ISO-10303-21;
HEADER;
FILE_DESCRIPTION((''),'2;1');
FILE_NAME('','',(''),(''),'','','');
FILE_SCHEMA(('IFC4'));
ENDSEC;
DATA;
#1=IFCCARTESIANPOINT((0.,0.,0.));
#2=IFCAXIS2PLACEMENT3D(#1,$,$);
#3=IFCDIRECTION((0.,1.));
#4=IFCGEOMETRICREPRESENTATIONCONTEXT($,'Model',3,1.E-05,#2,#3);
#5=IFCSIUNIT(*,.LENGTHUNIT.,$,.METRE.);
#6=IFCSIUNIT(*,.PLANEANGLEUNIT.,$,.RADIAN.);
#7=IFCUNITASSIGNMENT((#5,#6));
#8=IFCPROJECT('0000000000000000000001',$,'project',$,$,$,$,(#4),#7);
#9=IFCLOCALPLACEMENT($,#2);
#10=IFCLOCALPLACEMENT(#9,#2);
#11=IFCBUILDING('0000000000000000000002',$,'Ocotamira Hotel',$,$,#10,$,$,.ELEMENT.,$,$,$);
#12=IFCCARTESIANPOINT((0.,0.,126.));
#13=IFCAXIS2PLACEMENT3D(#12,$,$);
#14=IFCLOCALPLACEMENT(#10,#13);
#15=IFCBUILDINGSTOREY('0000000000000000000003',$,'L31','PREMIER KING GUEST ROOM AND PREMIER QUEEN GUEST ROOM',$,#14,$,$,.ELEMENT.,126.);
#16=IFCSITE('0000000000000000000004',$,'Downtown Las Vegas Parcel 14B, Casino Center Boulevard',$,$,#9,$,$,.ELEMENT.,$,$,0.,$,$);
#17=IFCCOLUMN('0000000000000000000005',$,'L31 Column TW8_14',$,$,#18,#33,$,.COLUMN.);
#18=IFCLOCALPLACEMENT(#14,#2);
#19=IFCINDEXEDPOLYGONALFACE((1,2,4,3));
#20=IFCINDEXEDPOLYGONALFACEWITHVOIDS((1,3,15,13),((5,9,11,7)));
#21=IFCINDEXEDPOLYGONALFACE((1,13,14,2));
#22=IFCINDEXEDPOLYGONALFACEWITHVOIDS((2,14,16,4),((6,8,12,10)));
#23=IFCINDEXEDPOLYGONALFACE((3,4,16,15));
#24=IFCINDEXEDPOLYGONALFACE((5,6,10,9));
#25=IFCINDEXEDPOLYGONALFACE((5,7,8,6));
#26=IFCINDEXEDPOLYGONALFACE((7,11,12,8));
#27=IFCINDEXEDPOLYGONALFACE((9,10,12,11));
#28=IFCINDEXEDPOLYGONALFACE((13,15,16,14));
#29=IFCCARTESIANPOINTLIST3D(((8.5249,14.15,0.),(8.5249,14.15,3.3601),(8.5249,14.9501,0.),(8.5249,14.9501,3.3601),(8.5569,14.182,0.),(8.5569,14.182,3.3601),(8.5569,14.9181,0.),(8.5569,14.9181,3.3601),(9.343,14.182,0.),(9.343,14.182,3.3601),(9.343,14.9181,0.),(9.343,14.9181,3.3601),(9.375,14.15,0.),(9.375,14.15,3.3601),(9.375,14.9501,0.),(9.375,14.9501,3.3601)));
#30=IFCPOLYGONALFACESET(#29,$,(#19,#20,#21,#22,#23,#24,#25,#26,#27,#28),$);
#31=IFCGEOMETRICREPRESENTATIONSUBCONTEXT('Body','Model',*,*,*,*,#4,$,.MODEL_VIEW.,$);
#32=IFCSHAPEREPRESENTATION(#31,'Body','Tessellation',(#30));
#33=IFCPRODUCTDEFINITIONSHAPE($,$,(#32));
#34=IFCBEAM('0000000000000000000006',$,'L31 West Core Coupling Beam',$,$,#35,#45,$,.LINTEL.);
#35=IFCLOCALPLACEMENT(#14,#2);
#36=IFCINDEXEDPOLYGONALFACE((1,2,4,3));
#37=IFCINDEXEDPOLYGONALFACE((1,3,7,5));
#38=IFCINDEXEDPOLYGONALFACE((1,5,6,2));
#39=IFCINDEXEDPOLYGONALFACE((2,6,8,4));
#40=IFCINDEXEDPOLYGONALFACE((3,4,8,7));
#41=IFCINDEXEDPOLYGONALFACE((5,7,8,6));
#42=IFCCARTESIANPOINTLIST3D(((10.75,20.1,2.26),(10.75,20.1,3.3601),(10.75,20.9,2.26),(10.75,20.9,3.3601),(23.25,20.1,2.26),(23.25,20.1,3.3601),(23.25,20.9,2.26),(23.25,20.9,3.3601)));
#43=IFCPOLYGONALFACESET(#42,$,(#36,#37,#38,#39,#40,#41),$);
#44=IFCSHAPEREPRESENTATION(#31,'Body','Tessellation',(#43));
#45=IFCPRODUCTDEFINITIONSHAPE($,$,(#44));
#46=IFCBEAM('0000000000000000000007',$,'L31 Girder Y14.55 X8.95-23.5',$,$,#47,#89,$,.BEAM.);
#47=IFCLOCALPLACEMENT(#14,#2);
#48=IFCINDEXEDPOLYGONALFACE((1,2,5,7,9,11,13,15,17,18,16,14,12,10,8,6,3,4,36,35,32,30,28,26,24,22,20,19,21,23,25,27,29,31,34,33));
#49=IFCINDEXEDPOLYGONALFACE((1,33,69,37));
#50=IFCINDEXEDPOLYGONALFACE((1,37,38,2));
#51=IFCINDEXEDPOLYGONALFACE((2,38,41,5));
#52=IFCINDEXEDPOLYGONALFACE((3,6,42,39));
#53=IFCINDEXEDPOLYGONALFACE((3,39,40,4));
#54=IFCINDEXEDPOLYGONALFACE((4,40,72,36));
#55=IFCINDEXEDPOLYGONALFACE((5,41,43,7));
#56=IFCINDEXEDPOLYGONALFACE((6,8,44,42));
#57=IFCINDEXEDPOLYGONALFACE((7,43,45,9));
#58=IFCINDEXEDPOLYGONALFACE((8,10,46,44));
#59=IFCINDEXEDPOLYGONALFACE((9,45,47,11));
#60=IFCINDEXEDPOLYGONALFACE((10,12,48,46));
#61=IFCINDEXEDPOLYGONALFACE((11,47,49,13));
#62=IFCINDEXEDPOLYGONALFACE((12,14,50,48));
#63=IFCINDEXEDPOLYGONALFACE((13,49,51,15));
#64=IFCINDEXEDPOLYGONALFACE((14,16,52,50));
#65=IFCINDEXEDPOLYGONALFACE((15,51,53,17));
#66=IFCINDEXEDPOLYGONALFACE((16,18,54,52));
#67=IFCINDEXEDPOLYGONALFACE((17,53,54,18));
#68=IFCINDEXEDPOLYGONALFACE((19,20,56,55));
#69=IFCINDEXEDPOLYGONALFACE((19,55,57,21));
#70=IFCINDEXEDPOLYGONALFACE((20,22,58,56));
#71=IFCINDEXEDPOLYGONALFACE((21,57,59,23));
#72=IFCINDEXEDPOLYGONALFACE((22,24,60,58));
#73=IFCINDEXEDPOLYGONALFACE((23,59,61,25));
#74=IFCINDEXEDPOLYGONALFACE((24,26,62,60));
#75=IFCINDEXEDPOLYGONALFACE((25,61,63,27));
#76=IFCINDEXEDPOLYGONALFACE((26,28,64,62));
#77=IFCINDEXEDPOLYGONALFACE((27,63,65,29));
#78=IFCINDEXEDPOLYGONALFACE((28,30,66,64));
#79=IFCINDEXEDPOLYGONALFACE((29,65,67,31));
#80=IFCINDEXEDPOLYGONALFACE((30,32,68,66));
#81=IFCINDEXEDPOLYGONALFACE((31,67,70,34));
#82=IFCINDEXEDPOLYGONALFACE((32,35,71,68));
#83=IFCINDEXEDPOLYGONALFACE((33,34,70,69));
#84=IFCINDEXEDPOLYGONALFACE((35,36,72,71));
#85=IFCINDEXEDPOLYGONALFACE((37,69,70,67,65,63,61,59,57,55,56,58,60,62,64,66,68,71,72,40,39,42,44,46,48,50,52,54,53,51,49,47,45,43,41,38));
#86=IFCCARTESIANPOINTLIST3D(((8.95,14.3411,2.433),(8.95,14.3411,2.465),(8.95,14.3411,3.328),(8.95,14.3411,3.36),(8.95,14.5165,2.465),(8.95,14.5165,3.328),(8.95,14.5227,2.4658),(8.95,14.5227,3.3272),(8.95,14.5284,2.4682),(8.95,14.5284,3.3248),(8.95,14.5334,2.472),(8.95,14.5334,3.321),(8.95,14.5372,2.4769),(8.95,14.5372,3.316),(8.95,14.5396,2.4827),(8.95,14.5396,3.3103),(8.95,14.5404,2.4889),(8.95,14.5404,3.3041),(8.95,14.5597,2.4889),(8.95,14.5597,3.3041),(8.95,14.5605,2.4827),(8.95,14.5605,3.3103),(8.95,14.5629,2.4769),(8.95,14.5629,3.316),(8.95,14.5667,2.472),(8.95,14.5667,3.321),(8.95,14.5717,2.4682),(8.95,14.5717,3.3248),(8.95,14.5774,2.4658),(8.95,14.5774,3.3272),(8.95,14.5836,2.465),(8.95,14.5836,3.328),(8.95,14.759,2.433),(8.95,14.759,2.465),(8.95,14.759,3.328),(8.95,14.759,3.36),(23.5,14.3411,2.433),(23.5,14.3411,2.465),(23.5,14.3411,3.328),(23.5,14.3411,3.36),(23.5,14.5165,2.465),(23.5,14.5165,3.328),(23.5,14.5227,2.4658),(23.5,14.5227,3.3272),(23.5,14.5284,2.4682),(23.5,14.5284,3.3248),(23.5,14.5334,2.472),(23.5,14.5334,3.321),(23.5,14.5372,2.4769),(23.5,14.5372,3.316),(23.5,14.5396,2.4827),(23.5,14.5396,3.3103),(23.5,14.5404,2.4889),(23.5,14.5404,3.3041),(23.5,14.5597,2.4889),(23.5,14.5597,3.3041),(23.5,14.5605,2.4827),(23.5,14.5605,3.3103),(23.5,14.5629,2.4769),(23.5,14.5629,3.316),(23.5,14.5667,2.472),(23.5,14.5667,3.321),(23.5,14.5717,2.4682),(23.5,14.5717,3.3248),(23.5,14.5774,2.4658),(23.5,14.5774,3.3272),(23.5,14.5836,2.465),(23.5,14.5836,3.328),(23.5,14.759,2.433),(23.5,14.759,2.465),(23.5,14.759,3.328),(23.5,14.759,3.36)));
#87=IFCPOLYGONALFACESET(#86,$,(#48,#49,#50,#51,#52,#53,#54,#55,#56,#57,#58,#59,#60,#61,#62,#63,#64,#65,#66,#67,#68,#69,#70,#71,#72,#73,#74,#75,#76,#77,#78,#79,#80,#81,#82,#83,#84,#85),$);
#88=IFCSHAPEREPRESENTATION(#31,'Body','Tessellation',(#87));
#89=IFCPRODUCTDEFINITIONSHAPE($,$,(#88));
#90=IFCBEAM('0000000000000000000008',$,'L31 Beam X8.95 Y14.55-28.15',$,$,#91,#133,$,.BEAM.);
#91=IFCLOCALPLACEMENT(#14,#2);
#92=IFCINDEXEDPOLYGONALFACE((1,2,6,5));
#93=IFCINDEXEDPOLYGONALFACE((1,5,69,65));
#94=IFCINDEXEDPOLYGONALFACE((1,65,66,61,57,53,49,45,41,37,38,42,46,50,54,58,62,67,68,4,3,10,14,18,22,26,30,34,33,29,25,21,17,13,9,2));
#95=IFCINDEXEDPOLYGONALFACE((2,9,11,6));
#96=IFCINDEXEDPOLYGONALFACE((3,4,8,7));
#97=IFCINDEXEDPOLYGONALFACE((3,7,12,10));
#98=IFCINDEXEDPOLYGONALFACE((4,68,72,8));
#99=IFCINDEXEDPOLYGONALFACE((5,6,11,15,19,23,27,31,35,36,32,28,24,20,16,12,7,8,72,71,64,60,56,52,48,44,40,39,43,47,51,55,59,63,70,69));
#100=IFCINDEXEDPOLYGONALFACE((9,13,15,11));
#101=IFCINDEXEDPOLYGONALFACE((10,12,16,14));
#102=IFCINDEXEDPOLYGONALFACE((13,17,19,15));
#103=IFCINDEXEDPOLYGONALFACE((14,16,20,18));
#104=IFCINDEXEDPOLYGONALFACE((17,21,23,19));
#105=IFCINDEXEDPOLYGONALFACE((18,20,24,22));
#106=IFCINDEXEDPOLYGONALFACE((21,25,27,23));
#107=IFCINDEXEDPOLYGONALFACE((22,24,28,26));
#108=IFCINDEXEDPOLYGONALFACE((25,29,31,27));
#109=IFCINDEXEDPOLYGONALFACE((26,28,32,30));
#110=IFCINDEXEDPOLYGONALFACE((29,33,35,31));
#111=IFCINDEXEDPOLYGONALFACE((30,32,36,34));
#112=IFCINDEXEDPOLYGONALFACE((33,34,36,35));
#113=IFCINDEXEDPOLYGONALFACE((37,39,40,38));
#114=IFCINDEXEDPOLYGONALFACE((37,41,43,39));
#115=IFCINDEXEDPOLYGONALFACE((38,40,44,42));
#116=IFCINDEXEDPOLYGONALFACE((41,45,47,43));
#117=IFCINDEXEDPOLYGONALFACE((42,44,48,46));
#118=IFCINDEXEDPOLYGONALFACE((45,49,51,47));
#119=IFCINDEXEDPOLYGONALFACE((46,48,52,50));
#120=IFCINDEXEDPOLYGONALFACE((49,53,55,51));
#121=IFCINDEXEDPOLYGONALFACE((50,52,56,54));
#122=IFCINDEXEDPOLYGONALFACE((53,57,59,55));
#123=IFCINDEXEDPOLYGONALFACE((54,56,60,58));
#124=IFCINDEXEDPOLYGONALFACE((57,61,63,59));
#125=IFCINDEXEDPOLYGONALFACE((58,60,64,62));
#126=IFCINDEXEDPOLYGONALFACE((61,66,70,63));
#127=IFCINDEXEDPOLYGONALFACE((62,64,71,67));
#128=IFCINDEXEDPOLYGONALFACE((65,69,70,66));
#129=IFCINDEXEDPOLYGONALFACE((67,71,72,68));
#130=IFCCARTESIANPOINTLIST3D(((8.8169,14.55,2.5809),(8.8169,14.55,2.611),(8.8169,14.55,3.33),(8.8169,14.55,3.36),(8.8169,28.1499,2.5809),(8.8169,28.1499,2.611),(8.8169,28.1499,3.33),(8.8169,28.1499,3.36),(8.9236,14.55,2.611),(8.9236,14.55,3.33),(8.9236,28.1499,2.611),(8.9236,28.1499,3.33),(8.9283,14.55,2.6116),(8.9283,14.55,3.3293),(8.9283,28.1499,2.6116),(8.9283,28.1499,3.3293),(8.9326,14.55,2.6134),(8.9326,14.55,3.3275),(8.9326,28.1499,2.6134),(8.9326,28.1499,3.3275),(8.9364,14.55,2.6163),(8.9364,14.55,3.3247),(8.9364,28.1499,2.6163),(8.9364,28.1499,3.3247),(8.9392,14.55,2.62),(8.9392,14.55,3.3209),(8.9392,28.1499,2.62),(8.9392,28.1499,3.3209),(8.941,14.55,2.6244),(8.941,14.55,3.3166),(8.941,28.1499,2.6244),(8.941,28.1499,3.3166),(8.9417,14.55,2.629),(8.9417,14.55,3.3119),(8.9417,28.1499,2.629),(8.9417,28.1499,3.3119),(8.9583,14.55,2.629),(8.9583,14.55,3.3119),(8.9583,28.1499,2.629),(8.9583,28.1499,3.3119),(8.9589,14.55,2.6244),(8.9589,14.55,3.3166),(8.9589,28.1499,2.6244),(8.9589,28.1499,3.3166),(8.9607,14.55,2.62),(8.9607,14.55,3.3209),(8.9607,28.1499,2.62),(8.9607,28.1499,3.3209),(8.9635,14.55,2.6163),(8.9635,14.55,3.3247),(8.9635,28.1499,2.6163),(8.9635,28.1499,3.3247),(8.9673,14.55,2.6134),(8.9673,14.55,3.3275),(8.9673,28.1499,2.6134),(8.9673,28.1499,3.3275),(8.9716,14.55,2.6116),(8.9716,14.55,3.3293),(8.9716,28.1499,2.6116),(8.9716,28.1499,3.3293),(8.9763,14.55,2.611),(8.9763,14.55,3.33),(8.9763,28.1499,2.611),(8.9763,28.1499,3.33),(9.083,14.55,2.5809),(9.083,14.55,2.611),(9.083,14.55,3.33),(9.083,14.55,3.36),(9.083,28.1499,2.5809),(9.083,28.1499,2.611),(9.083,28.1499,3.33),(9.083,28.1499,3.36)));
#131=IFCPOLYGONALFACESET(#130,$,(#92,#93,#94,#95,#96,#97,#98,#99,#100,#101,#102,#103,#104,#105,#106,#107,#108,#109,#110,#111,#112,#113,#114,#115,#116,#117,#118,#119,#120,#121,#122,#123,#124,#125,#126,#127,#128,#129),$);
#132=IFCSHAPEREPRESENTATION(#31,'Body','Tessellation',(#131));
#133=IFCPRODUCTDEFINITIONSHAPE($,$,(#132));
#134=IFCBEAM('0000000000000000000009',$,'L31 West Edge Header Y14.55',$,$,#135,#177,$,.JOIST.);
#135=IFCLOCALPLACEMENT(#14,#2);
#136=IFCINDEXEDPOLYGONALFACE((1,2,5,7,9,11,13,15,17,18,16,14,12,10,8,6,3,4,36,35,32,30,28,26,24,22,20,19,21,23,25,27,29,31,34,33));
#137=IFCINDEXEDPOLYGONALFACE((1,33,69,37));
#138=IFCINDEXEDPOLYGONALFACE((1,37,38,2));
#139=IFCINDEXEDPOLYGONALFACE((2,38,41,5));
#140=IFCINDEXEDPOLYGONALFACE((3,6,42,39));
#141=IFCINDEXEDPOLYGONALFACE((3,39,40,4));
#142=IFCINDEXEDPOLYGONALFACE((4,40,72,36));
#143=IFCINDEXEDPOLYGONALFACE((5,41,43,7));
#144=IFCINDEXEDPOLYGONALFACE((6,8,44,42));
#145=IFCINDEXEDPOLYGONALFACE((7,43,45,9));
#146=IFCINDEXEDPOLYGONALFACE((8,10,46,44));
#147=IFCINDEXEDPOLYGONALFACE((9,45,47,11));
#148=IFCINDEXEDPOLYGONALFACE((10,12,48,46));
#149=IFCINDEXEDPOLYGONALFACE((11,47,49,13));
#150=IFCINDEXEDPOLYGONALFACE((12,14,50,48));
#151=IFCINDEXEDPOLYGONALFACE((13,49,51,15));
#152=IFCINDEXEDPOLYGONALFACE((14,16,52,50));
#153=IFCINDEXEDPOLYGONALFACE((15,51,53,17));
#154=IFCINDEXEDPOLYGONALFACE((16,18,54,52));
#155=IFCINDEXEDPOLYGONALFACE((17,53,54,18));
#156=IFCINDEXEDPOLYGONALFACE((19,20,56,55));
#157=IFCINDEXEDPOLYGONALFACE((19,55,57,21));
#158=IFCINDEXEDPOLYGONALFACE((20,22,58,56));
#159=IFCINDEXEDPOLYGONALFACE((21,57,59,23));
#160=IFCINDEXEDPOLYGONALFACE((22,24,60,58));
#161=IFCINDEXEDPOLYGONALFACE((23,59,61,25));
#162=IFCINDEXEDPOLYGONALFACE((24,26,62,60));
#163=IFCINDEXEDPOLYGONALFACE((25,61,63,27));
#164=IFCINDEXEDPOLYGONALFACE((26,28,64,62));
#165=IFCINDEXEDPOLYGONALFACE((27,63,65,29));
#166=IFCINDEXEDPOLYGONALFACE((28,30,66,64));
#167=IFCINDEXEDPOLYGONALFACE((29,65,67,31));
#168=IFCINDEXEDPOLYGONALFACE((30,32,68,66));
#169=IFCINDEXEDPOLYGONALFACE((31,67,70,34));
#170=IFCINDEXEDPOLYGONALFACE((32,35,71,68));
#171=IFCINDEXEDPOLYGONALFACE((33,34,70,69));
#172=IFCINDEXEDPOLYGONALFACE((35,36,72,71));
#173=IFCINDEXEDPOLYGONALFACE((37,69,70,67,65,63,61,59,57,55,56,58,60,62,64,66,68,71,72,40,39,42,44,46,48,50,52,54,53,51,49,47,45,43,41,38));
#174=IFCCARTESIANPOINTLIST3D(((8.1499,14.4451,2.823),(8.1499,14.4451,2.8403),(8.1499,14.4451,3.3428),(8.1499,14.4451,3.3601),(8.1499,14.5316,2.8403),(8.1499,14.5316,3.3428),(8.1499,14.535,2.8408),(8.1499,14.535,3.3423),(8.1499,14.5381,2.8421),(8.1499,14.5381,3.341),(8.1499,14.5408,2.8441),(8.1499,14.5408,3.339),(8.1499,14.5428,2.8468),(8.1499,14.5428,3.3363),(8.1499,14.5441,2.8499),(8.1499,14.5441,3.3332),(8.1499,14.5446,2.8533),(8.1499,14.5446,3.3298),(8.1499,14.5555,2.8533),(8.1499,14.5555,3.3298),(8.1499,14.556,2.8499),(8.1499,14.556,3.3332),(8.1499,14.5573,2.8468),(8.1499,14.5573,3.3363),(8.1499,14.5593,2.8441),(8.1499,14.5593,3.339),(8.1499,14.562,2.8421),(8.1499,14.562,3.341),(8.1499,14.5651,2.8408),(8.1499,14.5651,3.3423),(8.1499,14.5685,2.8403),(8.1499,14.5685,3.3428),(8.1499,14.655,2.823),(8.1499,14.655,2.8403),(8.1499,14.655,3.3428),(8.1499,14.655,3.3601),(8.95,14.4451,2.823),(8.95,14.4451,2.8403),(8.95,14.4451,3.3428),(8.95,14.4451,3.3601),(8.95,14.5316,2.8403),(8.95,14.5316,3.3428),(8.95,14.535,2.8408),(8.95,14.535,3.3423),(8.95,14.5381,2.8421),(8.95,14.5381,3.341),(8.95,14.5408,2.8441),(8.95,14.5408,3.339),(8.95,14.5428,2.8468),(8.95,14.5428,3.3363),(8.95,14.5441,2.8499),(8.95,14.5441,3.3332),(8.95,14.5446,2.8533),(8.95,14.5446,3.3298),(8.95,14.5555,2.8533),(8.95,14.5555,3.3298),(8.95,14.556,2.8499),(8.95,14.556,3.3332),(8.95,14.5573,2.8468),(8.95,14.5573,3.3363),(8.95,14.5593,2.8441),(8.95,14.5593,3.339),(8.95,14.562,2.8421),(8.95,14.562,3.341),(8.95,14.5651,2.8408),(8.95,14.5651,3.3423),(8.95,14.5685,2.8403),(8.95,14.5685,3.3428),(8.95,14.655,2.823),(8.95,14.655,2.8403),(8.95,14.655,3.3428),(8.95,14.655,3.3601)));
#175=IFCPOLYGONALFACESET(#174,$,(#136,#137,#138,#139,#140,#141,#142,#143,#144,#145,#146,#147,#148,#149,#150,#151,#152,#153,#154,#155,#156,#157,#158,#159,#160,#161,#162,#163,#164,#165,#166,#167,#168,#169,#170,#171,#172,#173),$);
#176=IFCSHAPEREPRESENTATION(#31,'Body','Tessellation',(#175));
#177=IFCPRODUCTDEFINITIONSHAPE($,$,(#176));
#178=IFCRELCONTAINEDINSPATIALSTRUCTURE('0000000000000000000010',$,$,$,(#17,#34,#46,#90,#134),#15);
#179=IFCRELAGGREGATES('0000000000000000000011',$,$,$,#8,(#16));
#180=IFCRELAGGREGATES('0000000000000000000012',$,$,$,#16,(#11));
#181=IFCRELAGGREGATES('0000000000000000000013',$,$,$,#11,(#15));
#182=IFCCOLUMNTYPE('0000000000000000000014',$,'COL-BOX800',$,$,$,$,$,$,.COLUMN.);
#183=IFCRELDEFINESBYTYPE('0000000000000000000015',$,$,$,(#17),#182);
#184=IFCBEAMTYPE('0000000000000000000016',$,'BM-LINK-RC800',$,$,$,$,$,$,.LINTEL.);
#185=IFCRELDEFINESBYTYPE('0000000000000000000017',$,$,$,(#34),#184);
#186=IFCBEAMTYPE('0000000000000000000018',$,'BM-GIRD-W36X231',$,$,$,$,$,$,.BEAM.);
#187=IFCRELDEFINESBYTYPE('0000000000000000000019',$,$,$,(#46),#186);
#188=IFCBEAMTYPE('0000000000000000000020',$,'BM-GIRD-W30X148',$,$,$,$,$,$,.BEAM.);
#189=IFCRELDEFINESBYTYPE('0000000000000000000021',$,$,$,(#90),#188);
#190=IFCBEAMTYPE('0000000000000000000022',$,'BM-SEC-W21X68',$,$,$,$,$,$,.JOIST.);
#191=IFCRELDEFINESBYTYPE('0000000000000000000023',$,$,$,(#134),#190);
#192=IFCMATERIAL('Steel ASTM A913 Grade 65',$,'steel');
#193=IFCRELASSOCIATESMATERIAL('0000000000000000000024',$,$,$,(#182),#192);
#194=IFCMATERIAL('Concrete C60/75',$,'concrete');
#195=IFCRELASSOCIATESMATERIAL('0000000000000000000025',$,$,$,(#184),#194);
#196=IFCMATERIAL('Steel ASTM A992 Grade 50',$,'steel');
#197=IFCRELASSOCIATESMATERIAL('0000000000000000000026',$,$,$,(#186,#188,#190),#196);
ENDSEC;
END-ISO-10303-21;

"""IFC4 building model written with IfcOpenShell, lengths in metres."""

from ifc_helpers import new_model, si_unit, direction, frame, origin, origin_2d, place, context, subcontext, project, spatial, rectangle, hollow_rectangle, i_section, extrude, source, transform, mapped, material, material_profile, profile_set, type_object, element, save


model = new_model("IFC4")

# Units and contexts
model_context = context("Model", 3, precision=1e-05, world=origin(), true_north=direction((0.0, 1.0)))
body_context = subcontext(model_context, "Body", "Model", "MODEL_VIEW")
ifc_project = project(units=[si_unit("LENGTHUNIT", "METRE"), si_unit("PLANEANGLEUNIT", "RADIAN")], contexts=[model_context])

# Site, building, storey
site_placement = place(None, origin())
site = spatial("IfcSite", under=ifc_project, at=site_placement, Name="Downtown Las Vegas Parcel 14B, Casino Center Boulevard", CompositionType="ELEMENT", RefElevation=0.0)
building_placement = place(site_placement, origin())
building = spatial("IfcBuilding", under=site, at=building_placement, Name="Ocotamira Hotel", CompositionType="ELEMENT")
storey_placement = place(building_placement, frame((0.0, 0.0, 126.0)))
storey = spatial("IfcBuildingStorey", under=building, at=storey_placement, Name="L31", Description="PREMIER KING GUEST ROOM AND PREMIER QUEEN GUEST ROOM", CompositionType="ELEMENT", Elevation=126.0)

# Column
ifc_material_1 = material(Name="Steel ASTM A913 Grade 65", Category="steel")
ifc_material_profile_1 = material_profile(ifc_material_1, hollow_rectangle(XDim=0.8501, YDim=0.8, WallThickness=0.032, at=origin_2d()), Name="BOX800X850X32")
ifc_profile_set_1 = profile_set([ifc_material_profile_1], Name="Steel ASTM A913 Grade 65")
column_type = type_object("IfcColumnType", Name="COL-BOX800", PredefinedType="COLUMN", material=ifc_profile_set_1)
shared_shape_1 = source(origin(), body_context, "Body", "SweptSolid", [
    extrude(hollow_rectangle(XDim=0.8501, YDim=0.8, WallThickness=0.032, at=origin_2d()), origin(), (0.0, 0.0, 1.0), 3.3601),
])
column_placement = place(storey_placement, frame((8.95, 14.55, 0.0), z_axis=(0.0, 0.0, 1.0), x_axis=(1.0, 0.0, 0.0)))
element("IfcColumn", 1, at=column_placement, inside=storey, type_object=column_type, Name="L31 Column TW8_14", PredefinedType="COLUMN", context=body_context, shape_type="MappedRepresentation", body=[
    mapped(shared_shape_1, transform((0.0, 0.0, 0.0), scale=1.0)),
])

# Beams
ifc_material_2 = material(Name="Concrete C60/75", Category="concrete")
ifc_material_profile_2 = material_profile(ifc_material_2, rectangle(XDim=0.8, YDim=1.1001, at=origin_2d()), Name="RC800X1100")
ifc_profile_set_2 = profile_set([ifc_material_profile_2], Name="Concrete C60/75")
beam_type_1 = type_object("IfcBeamType", Name="BM-LINK-RC800", PredefinedType="LINTEL", material=ifc_profile_set_2)
shared_shape_2 = source(origin(), body_context, "Body", "SweptSolid", [
    extrude(rectangle(XDim=0.8, YDim=1.1001, at=origin_2d()), origin(), (0.0, 0.0, 1.0), 12.5),
])
beam_1_placement = place(storey_placement, frame((10.75, 20.5, 2.8101), z_axis=(1.0, 0.0, 0.0), x_axis=(0.0, 1.0, 0.0)))
element("IfcBeam", 2, at=beam_1_placement, inside=storey, type_object=beam_type_1, Name="L31 West Core Coupling Beam", PredefinedType="LINTEL", context=body_context, shape_type="MappedRepresentation", body=[
    mapped(shared_shape_2, transform((0.0, 0.0, 0.0), scale=1.0)),
])
ifc_material_3 = material(Name="Steel ASTM A992 Grade 50", Category="steel")
ifc_material_profile_3 = material_profile(ifc_material_3, i_section(OverallWidth=0.418, OverallDepth=0.927, WebThickness=0.0193, FlangeThickness=0.032, FilletRadius=0.0239, at=origin_2d()), Name="W36X231")
ifc_profile_set_3 = profile_set([ifc_material_profile_3], Name="Steel ASTM A992 Grade 50")
beam_type_2 = type_object("IfcBeamType", Name="BM-GIRD-W36X231", PredefinedType="BEAM", material=ifc_profile_set_3)
shared_shape_3 = source(origin(), body_context, "Body", "SweptSolid", [
    extrude(i_section(OverallWidth=0.418, OverallDepth=0.927, WebThickness=0.0193, FlangeThickness=0.032, FilletRadius=0.0239, at=origin_2d()), origin(), (0.0, 0.0, 1.0), 14.55),
])
beam_2_placement = place(storey_placement, frame((8.95, 14.55, 2.8965), z_axis=(1.0, 0.0, 0.0), x_axis=(0.0, 1.0, 0.0)))
element("IfcBeam", 3, at=beam_2_placement, inside=storey, type_object=beam_type_2, Name="L31 Girder Y14.55 X8.95-23.5", PredefinedType="BEAM", context=body_context, shape_type="MappedRepresentation", body=[
    mapped(shared_shape_3, transform((0.0, 0.0, 0.0), scale=1.0)),
])
ifc_material_profile_4 = material_profile(ifc_material_3, i_section(OverallWidth=0.2661, OverallDepth=0.7791, WebThickness=0.0166, FlangeThickness=0.03, FilletRadius=0.0181, at=origin_2d()), Name="W30X148")
ifc_profile_set_4 = profile_set([ifc_material_profile_4], Name="Steel ASTM A992 Grade 50")
beam_type_3 = type_object("IfcBeamType", Name="BM-GIRD-W30X148", PredefinedType="BEAM", material=ifc_profile_set_4)
shared_shape_4 = source(origin(), body_context, "Body", "SweptSolid", [
    extrude(i_section(OverallWidth=0.2661, OverallDepth=0.7791, WebThickness=0.0166, FlangeThickness=0.03, FilletRadius=0.0181, at=origin_2d()), origin(), (0.0, 0.0, 1.0), 13.5999),
])
beam_3_placement = place(storey_placement, frame((8.95, 14.55, 2.9705), z_axis=(0.0, 1.0, 0.0), x_axis=(-1.0, 0.0, 0.0)))
element("IfcBeam", 4, at=beam_3_placement, inside=storey, type_object=beam_type_3, Name="L31 Beam X8.95 Y14.55-28.15", PredefinedType="BEAM", context=body_context, shape_type="MappedRepresentation", body=[
    mapped(shared_shape_4, transform((0.0, 0.0, 0.0), scale=1.0)),
])
ifc_material_profile_5 = material_profile(ifc_material_3, i_section(OverallWidth=0.21, OverallDepth=0.5371, WebThickness=0.011, FlangeThickness=0.0173, FilletRadius=0.0129, at=origin_2d()), Name="W21X68")
ifc_profile_set_5 = profile_set([ifc_material_profile_5], Name="Steel ASTM A992 Grade 50")
beam_type_4 = type_object("IfcBeamType", Name="BM-SEC-W21X68", PredefinedType="JOIST", material=ifc_profile_set_5)
shared_shape_5 = source(origin(), body_context, "Body", "SweptSolid", [
    extrude(i_section(OverallWidth=0.21, OverallDepth=0.5371, WebThickness=0.011, FlangeThickness=0.0173, FilletRadius=0.0129, at=origin_2d()), origin(), (0.0, 0.0, 1.0), 0.8),
])
beam_4_placement = place(storey_placement, frame((8.95, 14.55, 3.0916), z_axis=(-1.0, 0.0, 0.0), x_axis=(0.0, -1.0, 0.0)))
element("IfcBeam", 5, at=beam_4_placement, inside=storey, type_object=beam_type_4, Name="L31 West Edge Header Y14.55", PredefinedType="JOIST", context=body_context, shape_type="MappedRepresentation", body=[
    mapped(shared_shape_5, transform((0.0, 0.0, 0.0), scale=1.0)),
])

save(model, "model.ifc")
